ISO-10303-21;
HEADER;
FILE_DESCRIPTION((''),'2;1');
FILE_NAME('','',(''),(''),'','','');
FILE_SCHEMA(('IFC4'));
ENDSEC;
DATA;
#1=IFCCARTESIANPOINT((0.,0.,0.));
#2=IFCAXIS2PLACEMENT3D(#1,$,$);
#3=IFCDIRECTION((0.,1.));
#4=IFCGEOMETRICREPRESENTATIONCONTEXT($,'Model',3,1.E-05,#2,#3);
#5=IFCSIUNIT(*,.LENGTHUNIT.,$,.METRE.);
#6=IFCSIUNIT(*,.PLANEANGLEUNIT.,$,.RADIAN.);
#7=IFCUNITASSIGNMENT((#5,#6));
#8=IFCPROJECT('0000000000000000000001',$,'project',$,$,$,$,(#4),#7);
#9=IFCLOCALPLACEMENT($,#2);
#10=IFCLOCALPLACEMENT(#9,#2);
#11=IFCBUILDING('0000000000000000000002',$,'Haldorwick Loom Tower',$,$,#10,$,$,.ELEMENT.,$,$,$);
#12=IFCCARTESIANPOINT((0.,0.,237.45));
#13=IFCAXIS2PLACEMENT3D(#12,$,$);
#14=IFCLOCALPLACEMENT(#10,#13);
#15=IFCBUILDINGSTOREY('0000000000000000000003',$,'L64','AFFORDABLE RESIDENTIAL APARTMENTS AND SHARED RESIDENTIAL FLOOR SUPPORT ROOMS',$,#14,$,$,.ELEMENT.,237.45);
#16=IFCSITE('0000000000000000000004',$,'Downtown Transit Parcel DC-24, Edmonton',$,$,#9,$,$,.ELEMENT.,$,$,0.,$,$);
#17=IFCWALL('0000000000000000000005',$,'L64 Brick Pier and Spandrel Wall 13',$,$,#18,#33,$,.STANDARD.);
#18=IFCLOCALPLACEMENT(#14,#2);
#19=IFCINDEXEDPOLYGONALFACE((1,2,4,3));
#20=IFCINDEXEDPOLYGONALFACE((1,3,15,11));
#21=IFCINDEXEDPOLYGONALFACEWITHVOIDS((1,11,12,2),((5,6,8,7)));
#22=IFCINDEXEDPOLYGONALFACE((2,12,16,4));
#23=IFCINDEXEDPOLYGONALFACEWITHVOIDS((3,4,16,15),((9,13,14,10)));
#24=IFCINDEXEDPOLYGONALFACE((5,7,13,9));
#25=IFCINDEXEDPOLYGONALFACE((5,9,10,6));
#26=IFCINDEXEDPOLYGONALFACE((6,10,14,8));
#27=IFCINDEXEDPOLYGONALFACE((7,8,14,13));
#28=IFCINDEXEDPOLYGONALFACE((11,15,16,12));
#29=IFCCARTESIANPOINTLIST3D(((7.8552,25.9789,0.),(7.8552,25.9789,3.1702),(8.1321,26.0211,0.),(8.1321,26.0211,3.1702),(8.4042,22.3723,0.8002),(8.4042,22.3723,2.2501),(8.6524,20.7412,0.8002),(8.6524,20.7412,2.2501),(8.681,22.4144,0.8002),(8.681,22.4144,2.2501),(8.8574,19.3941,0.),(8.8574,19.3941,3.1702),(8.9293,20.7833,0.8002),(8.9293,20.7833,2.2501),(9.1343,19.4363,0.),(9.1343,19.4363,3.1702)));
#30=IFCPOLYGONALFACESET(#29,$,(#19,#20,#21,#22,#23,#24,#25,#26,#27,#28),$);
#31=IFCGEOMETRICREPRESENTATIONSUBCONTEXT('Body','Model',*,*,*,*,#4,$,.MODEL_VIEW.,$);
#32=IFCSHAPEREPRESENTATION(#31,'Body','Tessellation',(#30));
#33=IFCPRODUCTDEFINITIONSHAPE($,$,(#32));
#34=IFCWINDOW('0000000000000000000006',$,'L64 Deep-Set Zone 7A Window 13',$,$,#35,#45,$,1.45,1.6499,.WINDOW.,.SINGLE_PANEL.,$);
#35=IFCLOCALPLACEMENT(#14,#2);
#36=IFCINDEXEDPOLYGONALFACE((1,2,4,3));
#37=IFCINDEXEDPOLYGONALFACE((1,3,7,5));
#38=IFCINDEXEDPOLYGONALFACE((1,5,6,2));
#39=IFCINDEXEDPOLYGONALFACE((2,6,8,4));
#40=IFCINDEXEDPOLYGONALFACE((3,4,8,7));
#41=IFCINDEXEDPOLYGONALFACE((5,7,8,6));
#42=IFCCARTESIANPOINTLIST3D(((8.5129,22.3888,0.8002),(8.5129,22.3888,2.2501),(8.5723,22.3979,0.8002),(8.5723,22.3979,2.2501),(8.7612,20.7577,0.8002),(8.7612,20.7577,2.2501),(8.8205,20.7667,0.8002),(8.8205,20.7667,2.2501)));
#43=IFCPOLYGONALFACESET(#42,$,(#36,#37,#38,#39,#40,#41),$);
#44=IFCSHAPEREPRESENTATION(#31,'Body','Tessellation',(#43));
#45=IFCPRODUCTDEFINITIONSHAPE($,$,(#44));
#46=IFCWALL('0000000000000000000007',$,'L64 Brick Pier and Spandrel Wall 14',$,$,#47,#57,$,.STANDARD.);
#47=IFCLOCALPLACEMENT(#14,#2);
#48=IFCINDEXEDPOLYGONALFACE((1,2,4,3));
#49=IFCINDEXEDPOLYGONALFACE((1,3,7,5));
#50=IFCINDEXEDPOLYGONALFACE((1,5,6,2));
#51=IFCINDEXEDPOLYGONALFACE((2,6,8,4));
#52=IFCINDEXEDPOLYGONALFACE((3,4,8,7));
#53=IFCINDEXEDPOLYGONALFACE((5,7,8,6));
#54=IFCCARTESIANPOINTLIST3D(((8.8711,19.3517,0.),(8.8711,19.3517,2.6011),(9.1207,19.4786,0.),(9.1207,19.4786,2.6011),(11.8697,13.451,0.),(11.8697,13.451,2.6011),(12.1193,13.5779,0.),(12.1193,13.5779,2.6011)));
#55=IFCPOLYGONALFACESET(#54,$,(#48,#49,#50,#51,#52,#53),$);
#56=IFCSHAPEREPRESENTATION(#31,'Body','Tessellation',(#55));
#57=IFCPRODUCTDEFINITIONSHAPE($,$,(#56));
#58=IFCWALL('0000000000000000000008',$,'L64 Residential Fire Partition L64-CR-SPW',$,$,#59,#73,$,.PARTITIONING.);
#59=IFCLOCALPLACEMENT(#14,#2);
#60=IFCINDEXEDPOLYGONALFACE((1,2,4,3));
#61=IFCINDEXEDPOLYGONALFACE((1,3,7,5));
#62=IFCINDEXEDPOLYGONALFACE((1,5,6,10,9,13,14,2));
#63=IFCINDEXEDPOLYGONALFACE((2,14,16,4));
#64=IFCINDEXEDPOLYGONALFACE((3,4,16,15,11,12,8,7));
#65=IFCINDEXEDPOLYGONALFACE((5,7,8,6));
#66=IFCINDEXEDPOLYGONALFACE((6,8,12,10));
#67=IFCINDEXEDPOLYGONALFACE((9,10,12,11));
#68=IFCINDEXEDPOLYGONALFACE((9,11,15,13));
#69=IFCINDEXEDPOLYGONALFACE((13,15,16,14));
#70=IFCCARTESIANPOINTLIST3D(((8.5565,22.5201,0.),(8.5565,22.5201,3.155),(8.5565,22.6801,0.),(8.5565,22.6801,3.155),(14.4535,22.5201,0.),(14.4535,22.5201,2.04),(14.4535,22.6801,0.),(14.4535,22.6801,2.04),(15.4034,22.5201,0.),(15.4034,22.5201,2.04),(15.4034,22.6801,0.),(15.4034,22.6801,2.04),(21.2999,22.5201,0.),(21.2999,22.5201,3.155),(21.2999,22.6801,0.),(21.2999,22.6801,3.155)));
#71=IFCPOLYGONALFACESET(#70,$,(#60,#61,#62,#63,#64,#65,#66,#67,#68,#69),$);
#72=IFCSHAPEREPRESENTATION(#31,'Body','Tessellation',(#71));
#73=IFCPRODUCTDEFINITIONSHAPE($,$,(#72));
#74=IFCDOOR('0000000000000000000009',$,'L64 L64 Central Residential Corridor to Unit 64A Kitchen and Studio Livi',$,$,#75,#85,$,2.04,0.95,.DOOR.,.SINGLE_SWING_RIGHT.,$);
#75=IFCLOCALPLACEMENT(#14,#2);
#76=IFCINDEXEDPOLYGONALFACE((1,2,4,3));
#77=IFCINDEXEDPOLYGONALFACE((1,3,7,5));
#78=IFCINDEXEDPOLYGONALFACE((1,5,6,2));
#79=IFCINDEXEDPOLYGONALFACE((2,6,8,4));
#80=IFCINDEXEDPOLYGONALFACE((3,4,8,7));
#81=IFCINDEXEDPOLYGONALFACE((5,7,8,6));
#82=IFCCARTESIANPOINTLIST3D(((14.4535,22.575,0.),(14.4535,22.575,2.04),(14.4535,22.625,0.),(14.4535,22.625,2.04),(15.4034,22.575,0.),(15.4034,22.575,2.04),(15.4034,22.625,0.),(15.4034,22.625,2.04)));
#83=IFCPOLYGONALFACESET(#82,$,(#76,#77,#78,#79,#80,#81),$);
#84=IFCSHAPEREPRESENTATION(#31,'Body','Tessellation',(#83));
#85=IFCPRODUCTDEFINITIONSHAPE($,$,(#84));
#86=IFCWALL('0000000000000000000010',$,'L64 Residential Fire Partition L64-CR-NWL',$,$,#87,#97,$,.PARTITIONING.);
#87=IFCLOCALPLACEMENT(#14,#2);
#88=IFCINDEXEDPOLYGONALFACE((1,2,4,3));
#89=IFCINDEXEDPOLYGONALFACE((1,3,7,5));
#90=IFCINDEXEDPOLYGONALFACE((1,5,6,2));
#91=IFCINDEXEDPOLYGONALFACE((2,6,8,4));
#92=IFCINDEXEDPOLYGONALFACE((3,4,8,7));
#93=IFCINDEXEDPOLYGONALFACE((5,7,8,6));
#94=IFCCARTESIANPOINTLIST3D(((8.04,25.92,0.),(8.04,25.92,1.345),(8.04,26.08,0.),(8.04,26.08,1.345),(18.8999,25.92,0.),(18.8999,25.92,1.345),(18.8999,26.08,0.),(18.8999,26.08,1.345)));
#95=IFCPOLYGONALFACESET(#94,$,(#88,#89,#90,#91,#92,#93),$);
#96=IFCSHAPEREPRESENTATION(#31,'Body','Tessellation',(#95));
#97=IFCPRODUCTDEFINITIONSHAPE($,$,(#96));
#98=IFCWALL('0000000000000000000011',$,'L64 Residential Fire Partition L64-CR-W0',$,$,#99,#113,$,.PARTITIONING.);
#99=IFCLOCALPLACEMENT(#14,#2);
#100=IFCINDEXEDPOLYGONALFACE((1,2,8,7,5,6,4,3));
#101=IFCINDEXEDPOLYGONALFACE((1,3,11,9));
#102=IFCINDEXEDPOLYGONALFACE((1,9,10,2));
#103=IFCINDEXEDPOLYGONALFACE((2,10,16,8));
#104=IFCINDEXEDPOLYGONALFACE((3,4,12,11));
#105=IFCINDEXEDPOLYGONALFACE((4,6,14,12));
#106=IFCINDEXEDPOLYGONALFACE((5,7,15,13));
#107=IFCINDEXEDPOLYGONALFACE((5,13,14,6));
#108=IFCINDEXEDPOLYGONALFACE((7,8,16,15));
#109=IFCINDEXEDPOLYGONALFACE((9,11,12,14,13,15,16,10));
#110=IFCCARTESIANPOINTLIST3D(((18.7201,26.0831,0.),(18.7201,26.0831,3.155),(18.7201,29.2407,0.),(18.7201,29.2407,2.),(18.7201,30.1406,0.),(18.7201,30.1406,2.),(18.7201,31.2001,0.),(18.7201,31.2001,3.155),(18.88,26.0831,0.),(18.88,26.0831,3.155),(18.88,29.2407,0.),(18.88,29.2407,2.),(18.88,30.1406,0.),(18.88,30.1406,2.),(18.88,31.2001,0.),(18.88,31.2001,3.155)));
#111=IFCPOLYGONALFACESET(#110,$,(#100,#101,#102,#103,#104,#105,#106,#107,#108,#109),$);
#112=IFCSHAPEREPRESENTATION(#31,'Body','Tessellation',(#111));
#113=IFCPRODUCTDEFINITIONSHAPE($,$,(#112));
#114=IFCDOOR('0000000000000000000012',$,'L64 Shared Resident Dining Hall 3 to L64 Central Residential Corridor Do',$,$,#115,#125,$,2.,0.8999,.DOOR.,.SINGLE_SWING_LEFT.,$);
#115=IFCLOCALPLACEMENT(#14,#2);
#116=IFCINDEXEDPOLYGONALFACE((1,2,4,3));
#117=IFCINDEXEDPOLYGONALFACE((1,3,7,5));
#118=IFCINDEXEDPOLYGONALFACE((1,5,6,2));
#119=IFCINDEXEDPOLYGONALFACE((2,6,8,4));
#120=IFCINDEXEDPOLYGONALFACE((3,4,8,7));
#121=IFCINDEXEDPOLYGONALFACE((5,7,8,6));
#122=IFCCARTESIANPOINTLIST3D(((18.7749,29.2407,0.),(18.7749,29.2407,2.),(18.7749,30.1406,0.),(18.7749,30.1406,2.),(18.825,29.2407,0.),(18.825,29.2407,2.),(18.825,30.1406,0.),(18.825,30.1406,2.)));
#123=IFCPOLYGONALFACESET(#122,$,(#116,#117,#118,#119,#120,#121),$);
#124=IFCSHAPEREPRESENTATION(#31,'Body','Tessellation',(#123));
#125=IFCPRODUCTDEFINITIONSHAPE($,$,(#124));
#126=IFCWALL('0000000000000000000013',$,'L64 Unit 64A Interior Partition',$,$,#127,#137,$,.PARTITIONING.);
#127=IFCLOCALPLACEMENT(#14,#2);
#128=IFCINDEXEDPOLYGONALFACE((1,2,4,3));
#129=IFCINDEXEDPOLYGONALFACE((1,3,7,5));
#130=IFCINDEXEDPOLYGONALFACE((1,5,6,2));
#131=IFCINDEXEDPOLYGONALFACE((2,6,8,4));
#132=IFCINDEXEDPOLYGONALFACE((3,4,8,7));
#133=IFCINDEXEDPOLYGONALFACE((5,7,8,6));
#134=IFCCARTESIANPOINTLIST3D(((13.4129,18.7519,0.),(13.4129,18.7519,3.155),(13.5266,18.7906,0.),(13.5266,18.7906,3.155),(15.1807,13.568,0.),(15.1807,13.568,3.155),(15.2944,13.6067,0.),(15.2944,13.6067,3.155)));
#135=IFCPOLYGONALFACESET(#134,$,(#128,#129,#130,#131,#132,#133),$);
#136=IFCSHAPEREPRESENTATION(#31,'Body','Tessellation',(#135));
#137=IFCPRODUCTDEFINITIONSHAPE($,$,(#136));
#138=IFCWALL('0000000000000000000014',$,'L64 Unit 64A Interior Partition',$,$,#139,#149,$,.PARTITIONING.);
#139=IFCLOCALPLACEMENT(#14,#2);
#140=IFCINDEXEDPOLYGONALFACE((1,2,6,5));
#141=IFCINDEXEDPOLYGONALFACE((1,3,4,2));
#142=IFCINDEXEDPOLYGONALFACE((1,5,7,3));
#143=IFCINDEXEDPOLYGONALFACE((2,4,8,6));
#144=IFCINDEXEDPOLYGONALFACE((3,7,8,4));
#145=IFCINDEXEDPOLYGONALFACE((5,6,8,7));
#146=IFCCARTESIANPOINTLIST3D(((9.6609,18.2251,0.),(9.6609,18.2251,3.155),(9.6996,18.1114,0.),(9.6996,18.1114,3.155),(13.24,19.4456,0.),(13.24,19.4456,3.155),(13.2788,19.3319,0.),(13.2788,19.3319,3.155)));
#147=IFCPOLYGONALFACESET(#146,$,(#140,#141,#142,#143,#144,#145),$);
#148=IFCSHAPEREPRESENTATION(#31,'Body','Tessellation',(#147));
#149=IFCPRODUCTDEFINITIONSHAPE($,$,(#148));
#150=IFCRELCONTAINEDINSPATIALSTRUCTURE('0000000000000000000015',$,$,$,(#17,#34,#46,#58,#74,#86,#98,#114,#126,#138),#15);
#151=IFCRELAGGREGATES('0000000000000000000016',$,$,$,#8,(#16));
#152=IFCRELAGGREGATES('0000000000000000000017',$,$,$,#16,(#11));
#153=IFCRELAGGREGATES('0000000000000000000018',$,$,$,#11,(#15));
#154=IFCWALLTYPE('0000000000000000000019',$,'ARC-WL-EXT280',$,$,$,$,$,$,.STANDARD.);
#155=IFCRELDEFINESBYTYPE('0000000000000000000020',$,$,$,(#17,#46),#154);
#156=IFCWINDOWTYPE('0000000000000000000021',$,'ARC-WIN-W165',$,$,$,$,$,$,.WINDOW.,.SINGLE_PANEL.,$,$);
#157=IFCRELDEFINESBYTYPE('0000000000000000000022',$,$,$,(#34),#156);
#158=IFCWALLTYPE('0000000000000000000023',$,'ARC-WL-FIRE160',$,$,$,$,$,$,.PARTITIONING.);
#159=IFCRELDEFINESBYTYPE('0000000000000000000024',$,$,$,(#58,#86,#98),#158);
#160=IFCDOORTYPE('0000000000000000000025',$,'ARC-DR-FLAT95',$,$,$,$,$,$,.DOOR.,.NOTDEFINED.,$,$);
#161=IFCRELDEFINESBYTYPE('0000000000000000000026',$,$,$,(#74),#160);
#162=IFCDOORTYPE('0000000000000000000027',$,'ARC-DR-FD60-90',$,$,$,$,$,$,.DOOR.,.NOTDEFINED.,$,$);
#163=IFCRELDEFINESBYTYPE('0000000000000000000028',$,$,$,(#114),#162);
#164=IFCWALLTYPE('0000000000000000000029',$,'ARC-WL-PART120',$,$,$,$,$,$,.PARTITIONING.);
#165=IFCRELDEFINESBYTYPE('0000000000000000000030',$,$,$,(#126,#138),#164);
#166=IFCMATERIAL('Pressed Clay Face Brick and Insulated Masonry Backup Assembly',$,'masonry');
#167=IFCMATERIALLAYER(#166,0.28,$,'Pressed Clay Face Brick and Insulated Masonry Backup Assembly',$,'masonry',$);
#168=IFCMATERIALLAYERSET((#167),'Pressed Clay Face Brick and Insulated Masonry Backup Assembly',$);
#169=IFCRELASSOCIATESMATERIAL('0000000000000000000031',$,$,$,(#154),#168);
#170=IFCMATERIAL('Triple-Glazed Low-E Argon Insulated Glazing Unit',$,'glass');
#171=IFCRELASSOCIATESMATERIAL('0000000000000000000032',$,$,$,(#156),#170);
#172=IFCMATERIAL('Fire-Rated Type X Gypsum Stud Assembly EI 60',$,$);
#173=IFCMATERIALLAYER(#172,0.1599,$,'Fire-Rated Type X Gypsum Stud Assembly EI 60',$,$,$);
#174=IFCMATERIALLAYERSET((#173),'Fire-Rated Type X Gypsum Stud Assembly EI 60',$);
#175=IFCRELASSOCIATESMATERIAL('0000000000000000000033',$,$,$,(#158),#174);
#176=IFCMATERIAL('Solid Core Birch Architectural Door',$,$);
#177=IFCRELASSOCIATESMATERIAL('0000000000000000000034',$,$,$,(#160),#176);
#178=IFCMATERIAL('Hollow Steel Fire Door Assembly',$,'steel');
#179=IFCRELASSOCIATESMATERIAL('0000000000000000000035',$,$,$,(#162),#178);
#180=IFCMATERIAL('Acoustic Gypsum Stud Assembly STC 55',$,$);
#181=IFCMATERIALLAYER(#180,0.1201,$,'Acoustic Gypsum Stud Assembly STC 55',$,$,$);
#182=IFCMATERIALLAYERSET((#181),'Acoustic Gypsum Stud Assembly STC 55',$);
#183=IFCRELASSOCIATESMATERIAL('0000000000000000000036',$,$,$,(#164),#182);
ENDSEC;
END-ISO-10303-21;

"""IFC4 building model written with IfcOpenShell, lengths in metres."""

from ifc_helpers import new_model, si_unit, direction, frame, frame_2d, origin, place, context, subcontext, project, spatial, rectangle, extrude, material, layer, layer_set, type_object, element, fill, save


model = new_model("IFC4")

# Units and contexts
model_context = context("Model", 3, precision=1e-05, world=origin(), true_north=direction((0.0, 1.0)))
body_context = subcontext(model_context, "Body", "Model", "MODEL_VIEW")
ifc_project = project(units=[si_unit("LENGTHUNIT", "METRE"), si_unit("PLANEANGLEUNIT", "RADIAN")], contexts=[model_context])

# Site, building, storey
site_placement = place(None, origin())
site = spatial("IfcSite", under=ifc_project, at=site_placement, Name="Downtown Transit Parcel DC-24, Edmonton", CompositionType="ELEMENT", RefElevation=0.0)
building_placement = place(site_placement, origin())
building = spatial("IfcBuilding", under=site, at=building_placement, Name="Haldorwick Loom Tower", CompositionType="ELEMENT")
storey_placement = place(building_placement, frame((0.0, 0.0, 237.45)))
storey = spatial("IfcBuildingStorey", under=building, at=storey_placement, Name="L64", Description="AFFORDABLE RESIDENTIAL APARTMENTS AND SHARED RESIDENTIAL FLOOR SUPPORT ROOMS", CompositionType="ELEMENT", Elevation=237.45)

# Wall, opening, window
ifc_material_1 = material(Name="Pressed Clay Face Brick and Insulated Masonry Backup Assembly", Category="masonry")
ifc_layer_1 = layer(ifc_material_1, 0.28, Name="Pressed Clay Face Brick and Insulated Masonry Backup Assembly", Category="masonry")
ifc_layer_set_1 = layer_set([ifc_layer_1], Name="Pressed Clay Face Brick and Insulated Masonry Backup Assembly")
wall_type_1 = type_object("IfcWallType", Name="ARC-WL-EXT280", PredefinedType="STANDARD", material=ifc_layer_set_1)
wall_1_placement = place(storey_placement, frame((7.9937, 26.0, 0.0), z_axis=(0.0, 0.0, 1.0), x_axis=(0.150468, -0.988615, 0.0)))
wall_1 = element("IfcWall", 1, at=wall_1_placement, inside=storey, type_object=wall_type_1, Name="L64 Brick Pier and Spandrel Wall 13", PredefinedType="STANDARD", context=body_context, shape_type="SweptSolid", body=[
    extrude(rectangle(XDim=6.6606, YDim=0.28, at=frame_2d((3.3303, 0.0))), origin(), (0.0, 0.0, 1.0), 3.1702),
])
opening_1_placement = place(wall_1_placement, frame((3.6482, 0.0, 0.8)))
opening_1 = element("IfcOpeningElement", 2, at=opening_1_placement, cuts=wall_1, PredefinedType="OPENING", context=body_context, shape_type="SweptSolid", body=[
    extrude(rectangle(XDim=1.6499, YDim=1.45, at=frame_2d((0.825, 0.7251))), frame((0.0, 0.1499, 0.0), z_axis=(0.0, -1.0, 0.0), x_axis=(1.0, 0.0, 0.0)), (0.0, 0.0, 1.0), 0.3),
])
ifc_material_2 = material(Name="Triple-Glazed Low-E Argon Insulated Glazing Unit", Category="glass")
window_type = type_object("IfcWindowType", Name="ARC-WIN-W165", PartitioningType="SINGLE_PANEL", PredefinedType="WINDOW", material=ifc_material_2)
window_placement = place(opening_1_placement, origin())
window = element("IfcWindow", 3, at=window_placement, inside=storey, type_object=window_type, Name="L64 Deep-Set Zone 7A Window 13", OverallHeight=1.45, OverallWidth=1.6499, PartitioningType="SINGLE_PANEL", PredefinedType="WINDOW", context=body_context, shape_type="SweptSolid", body=[
    extrude(rectangle(XDim=1.6499, YDim=1.45, at=frame_2d((0.825, 0.7251))), frame((0.0, 0.03, 0.0), z_axis=(0.0, -1.0, 0.0), x_axis=(1.0, 0.0, 0.0)), (0.0, 0.0, 1.0), 0.0601),
])
fill(opening_1, window)

# Wall
wall_2_placement = place(storey_placement, frame((8.9958, 19.4153, 0.0), z_axis=(0.0, 0.0, 1.0), x_axis=(0.453032, -0.891494, 0.0)))
element("IfcWall", 4, at=wall_2_placement, inside=storey, type_object=wall_type_1, Name="L64 Brick Pier and Spandrel Wall 14", PredefinedType="STANDARD", context=body_context, shape_type="SweptSolid", body=[
    extrude(rectangle(XDim=6.6189, YDim=0.28, at=frame_2d((3.3096, 0.0))), origin(), (0.0, 0.0, 1.0), 2.6011),
])

# Wall, opening, door
ifc_material_3 = material(Name="Fire-Rated Type X Gypsum Stud Assembly EI 60")
ifc_layer_2 = layer(ifc_material_3, 0.1599, Name="Fire-Rated Type X Gypsum Stud Assembly EI 60")
ifc_layer_set_2 = layer_set([ifc_layer_2], Name="Fire-Rated Type X Gypsum Stud Assembly EI 60")
wall_type_2 = type_object("IfcWallType", Name="ARC-WL-FIRE160", PredefinedType="PARTITIONING", material=ifc_layer_set_2)
wall_3_placement = place(storey_placement, frame((8.5566, 22.6001, 0.0), z_axis=(0.0, 0.0, 1.0), x_axis=(1.0, 0.0, 0.0)))
wall_3 = element("IfcWall", 5, at=wall_3_placement, inside=storey, type_object=wall_type_2, Name="L64 Residential Fire Partition L64-CR-SPW", PredefinedType="PARTITIONING", context=body_context, shape_type="SweptSolid", body=[
    extrude(rectangle(XDim=12.7434, YDim=0.1599, at=frame_2d((6.3716, 0.0))), origin(), (0.0, 0.0, 1.0), 3.155),
])
opening_2_placement = place(wall_3_placement, frame((5.8967, 0.0, 0.0)))
opening_2 = element("IfcOpeningElement", 6, at=opening_2_placement, cuts=wall_3, PredefinedType="OPENING", context=body_context, shape_type="SweptSolid", body=[
    extrude(rectangle(XDim=0.95, YDim=2.04, at=frame_2d((0.4751, 1.02))), frame((0.0, 0.0898, 0.0), z_axis=(0.0, -1.0, 0.0), x_axis=(1.0, 0.0, 0.0)), (0.0, 0.0, 1.0), 0.1799),
])
ifc_material_4 = material(Name="Solid Core Birch Architectural Door")
door_type_1 = type_object("IfcDoorType", Name="ARC-DR-FLAT95", OperationType="NOTDEFINED", PredefinedType="DOOR", material=ifc_material_4)
door_1_placement = place(opening_2_placement, origin())
door_1 = element("IfcDoor", 7, at=door_1_placement, inside=storey, type_object=door_type_1, Name="L64 L64 Central Residential Corridor to Unit 64A Kitchen and Studio Livi", OperationType="SINGLE_SWING_RIGHT", OverallHeight=2.04, OverallWidth=0.95, PredefinedType="DOOR", context=body_context, shape_type="SweptSolid", body=[
    extrude(rectangle(XDim=0.95, YDim=2.04, at=frame_2d((0.4751, 1.02))), frame((0.0, 0.0249, 0.0), z_axis=(0.0, -1.0, 0.0), x_axis=(1.0, 0.0, 0.0)), (0.0, 0.0, 1.0), 0.05),
])
fill(opening_2, door_1)

# Wall
wall_4_placement = place(storey_placement, frame((8.04, 26.0, 0.0), z_axis=(0.0, 0.0, 1.0), x_axis=(1.0, 0.0, 0.0)))
element("IfcWall", 8, at=wall_4_placement, inside=storey, type_object=wall_type_2, Name="L64 Residential Fire Partition L64-CR-NWL", PredefinedType="PARTITIONING", context=body_context, shape_type="SweptSolid", body=[
    extrude(rectangle(XDim=10.8599, YDim=0.1599, at=frame_2d((5.4299, 0.0))), origin(), (0.0, 0.0, 1.0), 1.345),
])

# Wall, opening, door
wall_5_placement = place(storey_placement, frame((18.8, 26.083, 0.0), z_axis=(0.0, 0.0, 1.0), x_axis=(0.0, 1.0, 0.0)))
wall_5 = element("IfcWall", 9, at=wall_5_placement, inside=storey, type_object=wall_type_2, Name="L64 Residential Fire Partition L64-CR-W0", PredefinedType="PARTITIONING", context=body_context, shape_type="SweptSolid", body=[
    extrude(rectangle(XDim=5.1169, YDim=0.1599, at=frame_2d((2.5586, 0.0))), origin(), (0.0, 0.0, 1.0), 3.155),
])
opening_3_placement = place(wall_5_placement, frame((3.1577, 0.0, 0.0)))
opening_3 = element("IfcOpeningElement", 10, at=opening_3_placement, cuts=wall_5, PredefinedType="OPENING", context=body_context, shape_type="SweptSolid", body=[
    extrude(rectangle(XDim=0.8999, YDim=2.0, at=frame_2d((0.45, 1.0))), frame((0.0, 0.0898, 0.0), z_axis=(0.0, -1.0, 0.0), x_axis=(1.0, 0.0, 0.0)), (0.0, 0.0, 1.0), 0.1799),
])
ifc_material_5 = material(Name="Hollow Steel Fire Door Assembly", Category="steel")
door_type_2 = type_object("IfcDoorType", Name="ARC-DR-FD60-90", OperationType="NOTDEFINED", PredefinedType="DOOR", material=ifc_material_5)
door_2_placement = place(opening_3_placement, frame((0.8999, 0.0, 0.0), z_axis=(0.0, 0.0, 1.0), x_axis=(-1.0, 0.0, 0.0)))
door_2 = element("IfcDoor", 11, at=door_2_placement, inside=storey, type_object=door_type_2, Name="L64 Shared Resident Dining Hall 3 to L64 Central Residential Corridor Do", OperationType="SINGLE_SWING_LEFT", OverallHeight=2.0, OverallWidth=0.8999, PredefinedType="DOOR", context=body_context, shape_type="SweptSolid", body=[
    extrude(rectangle(XDim=0.8999, YDim=2.0, at=frame_2d((0.45, 1.0))), frame((0.0, 0.0249, 0.0), z_axis=(0.0, -1.0, 0.0), x_axis=(1.0, 0.0, 0.0)), (0.0, 0.0, 1.0), 0.05),
])
fill(opening_3, door_2)

# Walls
ifc_material_6 = material(Name="Acoustic Gypsum Stud Assembly STC 55")
ifc_layer_3 = layer(ifc_material_6, 0.1201, Name="Acoustic Gypsum Stud Assembly STC 55")
ifc_layer_set_3 = layer_set([ifc_layer_3], Name="Acoustic Gypsum Stud Assembly STC 55")
wall_type_3 = type_object("IfcWallType", Name="ARC-WL-PART120", PredefinedType="PARTITIONING", material=ifc_layer_set_3)
wall_6_placement = place(storey_placement, frame((13.4697, 18.7712, 0.0), z_axis=(0.0, 0.0, 1.0), x_axis=(0.322773, -0.946476, 0.0)))
element("IfcWall", 12, at=wall_6_placement, inside=storey, type_object=wall_type_3, Name="L64 Unit 64A Interior Partition", PredefinedType="PARTITIONING", context=body_context, shape_type="SweptSolid", body=[
    extrude(rectangle(XDim=5.4771, YDim=0.1201, at=frame_2d((2.7385, 0.0))), origin(), (0.0, 0.0, 1.0), 3.155),
])
wall_7_placement = place(storey_placement, frame((13.2593, 19.3887, 0.0), z_axis=(0.0, 0.0, 1.0), x_axis=(-0.946485, -0.322748, 0.0)))
element("IfcWall", 13, at=wall_7_placement, inside=storey, type_object=wall_type_3, Name="L64 Unit 64A Interior Partition", PredefinedType="PARTITIONING", context=body_context, shape_type="SweptSolid", body=[
    extrude(rectangle(XDim=3.7815, YDim=0.1201, at=frame_2d((1.8906, 0.0))), origin(), (0.0, 0.0, 1.0), 3.155),
])

save(model, "model.ifc")
